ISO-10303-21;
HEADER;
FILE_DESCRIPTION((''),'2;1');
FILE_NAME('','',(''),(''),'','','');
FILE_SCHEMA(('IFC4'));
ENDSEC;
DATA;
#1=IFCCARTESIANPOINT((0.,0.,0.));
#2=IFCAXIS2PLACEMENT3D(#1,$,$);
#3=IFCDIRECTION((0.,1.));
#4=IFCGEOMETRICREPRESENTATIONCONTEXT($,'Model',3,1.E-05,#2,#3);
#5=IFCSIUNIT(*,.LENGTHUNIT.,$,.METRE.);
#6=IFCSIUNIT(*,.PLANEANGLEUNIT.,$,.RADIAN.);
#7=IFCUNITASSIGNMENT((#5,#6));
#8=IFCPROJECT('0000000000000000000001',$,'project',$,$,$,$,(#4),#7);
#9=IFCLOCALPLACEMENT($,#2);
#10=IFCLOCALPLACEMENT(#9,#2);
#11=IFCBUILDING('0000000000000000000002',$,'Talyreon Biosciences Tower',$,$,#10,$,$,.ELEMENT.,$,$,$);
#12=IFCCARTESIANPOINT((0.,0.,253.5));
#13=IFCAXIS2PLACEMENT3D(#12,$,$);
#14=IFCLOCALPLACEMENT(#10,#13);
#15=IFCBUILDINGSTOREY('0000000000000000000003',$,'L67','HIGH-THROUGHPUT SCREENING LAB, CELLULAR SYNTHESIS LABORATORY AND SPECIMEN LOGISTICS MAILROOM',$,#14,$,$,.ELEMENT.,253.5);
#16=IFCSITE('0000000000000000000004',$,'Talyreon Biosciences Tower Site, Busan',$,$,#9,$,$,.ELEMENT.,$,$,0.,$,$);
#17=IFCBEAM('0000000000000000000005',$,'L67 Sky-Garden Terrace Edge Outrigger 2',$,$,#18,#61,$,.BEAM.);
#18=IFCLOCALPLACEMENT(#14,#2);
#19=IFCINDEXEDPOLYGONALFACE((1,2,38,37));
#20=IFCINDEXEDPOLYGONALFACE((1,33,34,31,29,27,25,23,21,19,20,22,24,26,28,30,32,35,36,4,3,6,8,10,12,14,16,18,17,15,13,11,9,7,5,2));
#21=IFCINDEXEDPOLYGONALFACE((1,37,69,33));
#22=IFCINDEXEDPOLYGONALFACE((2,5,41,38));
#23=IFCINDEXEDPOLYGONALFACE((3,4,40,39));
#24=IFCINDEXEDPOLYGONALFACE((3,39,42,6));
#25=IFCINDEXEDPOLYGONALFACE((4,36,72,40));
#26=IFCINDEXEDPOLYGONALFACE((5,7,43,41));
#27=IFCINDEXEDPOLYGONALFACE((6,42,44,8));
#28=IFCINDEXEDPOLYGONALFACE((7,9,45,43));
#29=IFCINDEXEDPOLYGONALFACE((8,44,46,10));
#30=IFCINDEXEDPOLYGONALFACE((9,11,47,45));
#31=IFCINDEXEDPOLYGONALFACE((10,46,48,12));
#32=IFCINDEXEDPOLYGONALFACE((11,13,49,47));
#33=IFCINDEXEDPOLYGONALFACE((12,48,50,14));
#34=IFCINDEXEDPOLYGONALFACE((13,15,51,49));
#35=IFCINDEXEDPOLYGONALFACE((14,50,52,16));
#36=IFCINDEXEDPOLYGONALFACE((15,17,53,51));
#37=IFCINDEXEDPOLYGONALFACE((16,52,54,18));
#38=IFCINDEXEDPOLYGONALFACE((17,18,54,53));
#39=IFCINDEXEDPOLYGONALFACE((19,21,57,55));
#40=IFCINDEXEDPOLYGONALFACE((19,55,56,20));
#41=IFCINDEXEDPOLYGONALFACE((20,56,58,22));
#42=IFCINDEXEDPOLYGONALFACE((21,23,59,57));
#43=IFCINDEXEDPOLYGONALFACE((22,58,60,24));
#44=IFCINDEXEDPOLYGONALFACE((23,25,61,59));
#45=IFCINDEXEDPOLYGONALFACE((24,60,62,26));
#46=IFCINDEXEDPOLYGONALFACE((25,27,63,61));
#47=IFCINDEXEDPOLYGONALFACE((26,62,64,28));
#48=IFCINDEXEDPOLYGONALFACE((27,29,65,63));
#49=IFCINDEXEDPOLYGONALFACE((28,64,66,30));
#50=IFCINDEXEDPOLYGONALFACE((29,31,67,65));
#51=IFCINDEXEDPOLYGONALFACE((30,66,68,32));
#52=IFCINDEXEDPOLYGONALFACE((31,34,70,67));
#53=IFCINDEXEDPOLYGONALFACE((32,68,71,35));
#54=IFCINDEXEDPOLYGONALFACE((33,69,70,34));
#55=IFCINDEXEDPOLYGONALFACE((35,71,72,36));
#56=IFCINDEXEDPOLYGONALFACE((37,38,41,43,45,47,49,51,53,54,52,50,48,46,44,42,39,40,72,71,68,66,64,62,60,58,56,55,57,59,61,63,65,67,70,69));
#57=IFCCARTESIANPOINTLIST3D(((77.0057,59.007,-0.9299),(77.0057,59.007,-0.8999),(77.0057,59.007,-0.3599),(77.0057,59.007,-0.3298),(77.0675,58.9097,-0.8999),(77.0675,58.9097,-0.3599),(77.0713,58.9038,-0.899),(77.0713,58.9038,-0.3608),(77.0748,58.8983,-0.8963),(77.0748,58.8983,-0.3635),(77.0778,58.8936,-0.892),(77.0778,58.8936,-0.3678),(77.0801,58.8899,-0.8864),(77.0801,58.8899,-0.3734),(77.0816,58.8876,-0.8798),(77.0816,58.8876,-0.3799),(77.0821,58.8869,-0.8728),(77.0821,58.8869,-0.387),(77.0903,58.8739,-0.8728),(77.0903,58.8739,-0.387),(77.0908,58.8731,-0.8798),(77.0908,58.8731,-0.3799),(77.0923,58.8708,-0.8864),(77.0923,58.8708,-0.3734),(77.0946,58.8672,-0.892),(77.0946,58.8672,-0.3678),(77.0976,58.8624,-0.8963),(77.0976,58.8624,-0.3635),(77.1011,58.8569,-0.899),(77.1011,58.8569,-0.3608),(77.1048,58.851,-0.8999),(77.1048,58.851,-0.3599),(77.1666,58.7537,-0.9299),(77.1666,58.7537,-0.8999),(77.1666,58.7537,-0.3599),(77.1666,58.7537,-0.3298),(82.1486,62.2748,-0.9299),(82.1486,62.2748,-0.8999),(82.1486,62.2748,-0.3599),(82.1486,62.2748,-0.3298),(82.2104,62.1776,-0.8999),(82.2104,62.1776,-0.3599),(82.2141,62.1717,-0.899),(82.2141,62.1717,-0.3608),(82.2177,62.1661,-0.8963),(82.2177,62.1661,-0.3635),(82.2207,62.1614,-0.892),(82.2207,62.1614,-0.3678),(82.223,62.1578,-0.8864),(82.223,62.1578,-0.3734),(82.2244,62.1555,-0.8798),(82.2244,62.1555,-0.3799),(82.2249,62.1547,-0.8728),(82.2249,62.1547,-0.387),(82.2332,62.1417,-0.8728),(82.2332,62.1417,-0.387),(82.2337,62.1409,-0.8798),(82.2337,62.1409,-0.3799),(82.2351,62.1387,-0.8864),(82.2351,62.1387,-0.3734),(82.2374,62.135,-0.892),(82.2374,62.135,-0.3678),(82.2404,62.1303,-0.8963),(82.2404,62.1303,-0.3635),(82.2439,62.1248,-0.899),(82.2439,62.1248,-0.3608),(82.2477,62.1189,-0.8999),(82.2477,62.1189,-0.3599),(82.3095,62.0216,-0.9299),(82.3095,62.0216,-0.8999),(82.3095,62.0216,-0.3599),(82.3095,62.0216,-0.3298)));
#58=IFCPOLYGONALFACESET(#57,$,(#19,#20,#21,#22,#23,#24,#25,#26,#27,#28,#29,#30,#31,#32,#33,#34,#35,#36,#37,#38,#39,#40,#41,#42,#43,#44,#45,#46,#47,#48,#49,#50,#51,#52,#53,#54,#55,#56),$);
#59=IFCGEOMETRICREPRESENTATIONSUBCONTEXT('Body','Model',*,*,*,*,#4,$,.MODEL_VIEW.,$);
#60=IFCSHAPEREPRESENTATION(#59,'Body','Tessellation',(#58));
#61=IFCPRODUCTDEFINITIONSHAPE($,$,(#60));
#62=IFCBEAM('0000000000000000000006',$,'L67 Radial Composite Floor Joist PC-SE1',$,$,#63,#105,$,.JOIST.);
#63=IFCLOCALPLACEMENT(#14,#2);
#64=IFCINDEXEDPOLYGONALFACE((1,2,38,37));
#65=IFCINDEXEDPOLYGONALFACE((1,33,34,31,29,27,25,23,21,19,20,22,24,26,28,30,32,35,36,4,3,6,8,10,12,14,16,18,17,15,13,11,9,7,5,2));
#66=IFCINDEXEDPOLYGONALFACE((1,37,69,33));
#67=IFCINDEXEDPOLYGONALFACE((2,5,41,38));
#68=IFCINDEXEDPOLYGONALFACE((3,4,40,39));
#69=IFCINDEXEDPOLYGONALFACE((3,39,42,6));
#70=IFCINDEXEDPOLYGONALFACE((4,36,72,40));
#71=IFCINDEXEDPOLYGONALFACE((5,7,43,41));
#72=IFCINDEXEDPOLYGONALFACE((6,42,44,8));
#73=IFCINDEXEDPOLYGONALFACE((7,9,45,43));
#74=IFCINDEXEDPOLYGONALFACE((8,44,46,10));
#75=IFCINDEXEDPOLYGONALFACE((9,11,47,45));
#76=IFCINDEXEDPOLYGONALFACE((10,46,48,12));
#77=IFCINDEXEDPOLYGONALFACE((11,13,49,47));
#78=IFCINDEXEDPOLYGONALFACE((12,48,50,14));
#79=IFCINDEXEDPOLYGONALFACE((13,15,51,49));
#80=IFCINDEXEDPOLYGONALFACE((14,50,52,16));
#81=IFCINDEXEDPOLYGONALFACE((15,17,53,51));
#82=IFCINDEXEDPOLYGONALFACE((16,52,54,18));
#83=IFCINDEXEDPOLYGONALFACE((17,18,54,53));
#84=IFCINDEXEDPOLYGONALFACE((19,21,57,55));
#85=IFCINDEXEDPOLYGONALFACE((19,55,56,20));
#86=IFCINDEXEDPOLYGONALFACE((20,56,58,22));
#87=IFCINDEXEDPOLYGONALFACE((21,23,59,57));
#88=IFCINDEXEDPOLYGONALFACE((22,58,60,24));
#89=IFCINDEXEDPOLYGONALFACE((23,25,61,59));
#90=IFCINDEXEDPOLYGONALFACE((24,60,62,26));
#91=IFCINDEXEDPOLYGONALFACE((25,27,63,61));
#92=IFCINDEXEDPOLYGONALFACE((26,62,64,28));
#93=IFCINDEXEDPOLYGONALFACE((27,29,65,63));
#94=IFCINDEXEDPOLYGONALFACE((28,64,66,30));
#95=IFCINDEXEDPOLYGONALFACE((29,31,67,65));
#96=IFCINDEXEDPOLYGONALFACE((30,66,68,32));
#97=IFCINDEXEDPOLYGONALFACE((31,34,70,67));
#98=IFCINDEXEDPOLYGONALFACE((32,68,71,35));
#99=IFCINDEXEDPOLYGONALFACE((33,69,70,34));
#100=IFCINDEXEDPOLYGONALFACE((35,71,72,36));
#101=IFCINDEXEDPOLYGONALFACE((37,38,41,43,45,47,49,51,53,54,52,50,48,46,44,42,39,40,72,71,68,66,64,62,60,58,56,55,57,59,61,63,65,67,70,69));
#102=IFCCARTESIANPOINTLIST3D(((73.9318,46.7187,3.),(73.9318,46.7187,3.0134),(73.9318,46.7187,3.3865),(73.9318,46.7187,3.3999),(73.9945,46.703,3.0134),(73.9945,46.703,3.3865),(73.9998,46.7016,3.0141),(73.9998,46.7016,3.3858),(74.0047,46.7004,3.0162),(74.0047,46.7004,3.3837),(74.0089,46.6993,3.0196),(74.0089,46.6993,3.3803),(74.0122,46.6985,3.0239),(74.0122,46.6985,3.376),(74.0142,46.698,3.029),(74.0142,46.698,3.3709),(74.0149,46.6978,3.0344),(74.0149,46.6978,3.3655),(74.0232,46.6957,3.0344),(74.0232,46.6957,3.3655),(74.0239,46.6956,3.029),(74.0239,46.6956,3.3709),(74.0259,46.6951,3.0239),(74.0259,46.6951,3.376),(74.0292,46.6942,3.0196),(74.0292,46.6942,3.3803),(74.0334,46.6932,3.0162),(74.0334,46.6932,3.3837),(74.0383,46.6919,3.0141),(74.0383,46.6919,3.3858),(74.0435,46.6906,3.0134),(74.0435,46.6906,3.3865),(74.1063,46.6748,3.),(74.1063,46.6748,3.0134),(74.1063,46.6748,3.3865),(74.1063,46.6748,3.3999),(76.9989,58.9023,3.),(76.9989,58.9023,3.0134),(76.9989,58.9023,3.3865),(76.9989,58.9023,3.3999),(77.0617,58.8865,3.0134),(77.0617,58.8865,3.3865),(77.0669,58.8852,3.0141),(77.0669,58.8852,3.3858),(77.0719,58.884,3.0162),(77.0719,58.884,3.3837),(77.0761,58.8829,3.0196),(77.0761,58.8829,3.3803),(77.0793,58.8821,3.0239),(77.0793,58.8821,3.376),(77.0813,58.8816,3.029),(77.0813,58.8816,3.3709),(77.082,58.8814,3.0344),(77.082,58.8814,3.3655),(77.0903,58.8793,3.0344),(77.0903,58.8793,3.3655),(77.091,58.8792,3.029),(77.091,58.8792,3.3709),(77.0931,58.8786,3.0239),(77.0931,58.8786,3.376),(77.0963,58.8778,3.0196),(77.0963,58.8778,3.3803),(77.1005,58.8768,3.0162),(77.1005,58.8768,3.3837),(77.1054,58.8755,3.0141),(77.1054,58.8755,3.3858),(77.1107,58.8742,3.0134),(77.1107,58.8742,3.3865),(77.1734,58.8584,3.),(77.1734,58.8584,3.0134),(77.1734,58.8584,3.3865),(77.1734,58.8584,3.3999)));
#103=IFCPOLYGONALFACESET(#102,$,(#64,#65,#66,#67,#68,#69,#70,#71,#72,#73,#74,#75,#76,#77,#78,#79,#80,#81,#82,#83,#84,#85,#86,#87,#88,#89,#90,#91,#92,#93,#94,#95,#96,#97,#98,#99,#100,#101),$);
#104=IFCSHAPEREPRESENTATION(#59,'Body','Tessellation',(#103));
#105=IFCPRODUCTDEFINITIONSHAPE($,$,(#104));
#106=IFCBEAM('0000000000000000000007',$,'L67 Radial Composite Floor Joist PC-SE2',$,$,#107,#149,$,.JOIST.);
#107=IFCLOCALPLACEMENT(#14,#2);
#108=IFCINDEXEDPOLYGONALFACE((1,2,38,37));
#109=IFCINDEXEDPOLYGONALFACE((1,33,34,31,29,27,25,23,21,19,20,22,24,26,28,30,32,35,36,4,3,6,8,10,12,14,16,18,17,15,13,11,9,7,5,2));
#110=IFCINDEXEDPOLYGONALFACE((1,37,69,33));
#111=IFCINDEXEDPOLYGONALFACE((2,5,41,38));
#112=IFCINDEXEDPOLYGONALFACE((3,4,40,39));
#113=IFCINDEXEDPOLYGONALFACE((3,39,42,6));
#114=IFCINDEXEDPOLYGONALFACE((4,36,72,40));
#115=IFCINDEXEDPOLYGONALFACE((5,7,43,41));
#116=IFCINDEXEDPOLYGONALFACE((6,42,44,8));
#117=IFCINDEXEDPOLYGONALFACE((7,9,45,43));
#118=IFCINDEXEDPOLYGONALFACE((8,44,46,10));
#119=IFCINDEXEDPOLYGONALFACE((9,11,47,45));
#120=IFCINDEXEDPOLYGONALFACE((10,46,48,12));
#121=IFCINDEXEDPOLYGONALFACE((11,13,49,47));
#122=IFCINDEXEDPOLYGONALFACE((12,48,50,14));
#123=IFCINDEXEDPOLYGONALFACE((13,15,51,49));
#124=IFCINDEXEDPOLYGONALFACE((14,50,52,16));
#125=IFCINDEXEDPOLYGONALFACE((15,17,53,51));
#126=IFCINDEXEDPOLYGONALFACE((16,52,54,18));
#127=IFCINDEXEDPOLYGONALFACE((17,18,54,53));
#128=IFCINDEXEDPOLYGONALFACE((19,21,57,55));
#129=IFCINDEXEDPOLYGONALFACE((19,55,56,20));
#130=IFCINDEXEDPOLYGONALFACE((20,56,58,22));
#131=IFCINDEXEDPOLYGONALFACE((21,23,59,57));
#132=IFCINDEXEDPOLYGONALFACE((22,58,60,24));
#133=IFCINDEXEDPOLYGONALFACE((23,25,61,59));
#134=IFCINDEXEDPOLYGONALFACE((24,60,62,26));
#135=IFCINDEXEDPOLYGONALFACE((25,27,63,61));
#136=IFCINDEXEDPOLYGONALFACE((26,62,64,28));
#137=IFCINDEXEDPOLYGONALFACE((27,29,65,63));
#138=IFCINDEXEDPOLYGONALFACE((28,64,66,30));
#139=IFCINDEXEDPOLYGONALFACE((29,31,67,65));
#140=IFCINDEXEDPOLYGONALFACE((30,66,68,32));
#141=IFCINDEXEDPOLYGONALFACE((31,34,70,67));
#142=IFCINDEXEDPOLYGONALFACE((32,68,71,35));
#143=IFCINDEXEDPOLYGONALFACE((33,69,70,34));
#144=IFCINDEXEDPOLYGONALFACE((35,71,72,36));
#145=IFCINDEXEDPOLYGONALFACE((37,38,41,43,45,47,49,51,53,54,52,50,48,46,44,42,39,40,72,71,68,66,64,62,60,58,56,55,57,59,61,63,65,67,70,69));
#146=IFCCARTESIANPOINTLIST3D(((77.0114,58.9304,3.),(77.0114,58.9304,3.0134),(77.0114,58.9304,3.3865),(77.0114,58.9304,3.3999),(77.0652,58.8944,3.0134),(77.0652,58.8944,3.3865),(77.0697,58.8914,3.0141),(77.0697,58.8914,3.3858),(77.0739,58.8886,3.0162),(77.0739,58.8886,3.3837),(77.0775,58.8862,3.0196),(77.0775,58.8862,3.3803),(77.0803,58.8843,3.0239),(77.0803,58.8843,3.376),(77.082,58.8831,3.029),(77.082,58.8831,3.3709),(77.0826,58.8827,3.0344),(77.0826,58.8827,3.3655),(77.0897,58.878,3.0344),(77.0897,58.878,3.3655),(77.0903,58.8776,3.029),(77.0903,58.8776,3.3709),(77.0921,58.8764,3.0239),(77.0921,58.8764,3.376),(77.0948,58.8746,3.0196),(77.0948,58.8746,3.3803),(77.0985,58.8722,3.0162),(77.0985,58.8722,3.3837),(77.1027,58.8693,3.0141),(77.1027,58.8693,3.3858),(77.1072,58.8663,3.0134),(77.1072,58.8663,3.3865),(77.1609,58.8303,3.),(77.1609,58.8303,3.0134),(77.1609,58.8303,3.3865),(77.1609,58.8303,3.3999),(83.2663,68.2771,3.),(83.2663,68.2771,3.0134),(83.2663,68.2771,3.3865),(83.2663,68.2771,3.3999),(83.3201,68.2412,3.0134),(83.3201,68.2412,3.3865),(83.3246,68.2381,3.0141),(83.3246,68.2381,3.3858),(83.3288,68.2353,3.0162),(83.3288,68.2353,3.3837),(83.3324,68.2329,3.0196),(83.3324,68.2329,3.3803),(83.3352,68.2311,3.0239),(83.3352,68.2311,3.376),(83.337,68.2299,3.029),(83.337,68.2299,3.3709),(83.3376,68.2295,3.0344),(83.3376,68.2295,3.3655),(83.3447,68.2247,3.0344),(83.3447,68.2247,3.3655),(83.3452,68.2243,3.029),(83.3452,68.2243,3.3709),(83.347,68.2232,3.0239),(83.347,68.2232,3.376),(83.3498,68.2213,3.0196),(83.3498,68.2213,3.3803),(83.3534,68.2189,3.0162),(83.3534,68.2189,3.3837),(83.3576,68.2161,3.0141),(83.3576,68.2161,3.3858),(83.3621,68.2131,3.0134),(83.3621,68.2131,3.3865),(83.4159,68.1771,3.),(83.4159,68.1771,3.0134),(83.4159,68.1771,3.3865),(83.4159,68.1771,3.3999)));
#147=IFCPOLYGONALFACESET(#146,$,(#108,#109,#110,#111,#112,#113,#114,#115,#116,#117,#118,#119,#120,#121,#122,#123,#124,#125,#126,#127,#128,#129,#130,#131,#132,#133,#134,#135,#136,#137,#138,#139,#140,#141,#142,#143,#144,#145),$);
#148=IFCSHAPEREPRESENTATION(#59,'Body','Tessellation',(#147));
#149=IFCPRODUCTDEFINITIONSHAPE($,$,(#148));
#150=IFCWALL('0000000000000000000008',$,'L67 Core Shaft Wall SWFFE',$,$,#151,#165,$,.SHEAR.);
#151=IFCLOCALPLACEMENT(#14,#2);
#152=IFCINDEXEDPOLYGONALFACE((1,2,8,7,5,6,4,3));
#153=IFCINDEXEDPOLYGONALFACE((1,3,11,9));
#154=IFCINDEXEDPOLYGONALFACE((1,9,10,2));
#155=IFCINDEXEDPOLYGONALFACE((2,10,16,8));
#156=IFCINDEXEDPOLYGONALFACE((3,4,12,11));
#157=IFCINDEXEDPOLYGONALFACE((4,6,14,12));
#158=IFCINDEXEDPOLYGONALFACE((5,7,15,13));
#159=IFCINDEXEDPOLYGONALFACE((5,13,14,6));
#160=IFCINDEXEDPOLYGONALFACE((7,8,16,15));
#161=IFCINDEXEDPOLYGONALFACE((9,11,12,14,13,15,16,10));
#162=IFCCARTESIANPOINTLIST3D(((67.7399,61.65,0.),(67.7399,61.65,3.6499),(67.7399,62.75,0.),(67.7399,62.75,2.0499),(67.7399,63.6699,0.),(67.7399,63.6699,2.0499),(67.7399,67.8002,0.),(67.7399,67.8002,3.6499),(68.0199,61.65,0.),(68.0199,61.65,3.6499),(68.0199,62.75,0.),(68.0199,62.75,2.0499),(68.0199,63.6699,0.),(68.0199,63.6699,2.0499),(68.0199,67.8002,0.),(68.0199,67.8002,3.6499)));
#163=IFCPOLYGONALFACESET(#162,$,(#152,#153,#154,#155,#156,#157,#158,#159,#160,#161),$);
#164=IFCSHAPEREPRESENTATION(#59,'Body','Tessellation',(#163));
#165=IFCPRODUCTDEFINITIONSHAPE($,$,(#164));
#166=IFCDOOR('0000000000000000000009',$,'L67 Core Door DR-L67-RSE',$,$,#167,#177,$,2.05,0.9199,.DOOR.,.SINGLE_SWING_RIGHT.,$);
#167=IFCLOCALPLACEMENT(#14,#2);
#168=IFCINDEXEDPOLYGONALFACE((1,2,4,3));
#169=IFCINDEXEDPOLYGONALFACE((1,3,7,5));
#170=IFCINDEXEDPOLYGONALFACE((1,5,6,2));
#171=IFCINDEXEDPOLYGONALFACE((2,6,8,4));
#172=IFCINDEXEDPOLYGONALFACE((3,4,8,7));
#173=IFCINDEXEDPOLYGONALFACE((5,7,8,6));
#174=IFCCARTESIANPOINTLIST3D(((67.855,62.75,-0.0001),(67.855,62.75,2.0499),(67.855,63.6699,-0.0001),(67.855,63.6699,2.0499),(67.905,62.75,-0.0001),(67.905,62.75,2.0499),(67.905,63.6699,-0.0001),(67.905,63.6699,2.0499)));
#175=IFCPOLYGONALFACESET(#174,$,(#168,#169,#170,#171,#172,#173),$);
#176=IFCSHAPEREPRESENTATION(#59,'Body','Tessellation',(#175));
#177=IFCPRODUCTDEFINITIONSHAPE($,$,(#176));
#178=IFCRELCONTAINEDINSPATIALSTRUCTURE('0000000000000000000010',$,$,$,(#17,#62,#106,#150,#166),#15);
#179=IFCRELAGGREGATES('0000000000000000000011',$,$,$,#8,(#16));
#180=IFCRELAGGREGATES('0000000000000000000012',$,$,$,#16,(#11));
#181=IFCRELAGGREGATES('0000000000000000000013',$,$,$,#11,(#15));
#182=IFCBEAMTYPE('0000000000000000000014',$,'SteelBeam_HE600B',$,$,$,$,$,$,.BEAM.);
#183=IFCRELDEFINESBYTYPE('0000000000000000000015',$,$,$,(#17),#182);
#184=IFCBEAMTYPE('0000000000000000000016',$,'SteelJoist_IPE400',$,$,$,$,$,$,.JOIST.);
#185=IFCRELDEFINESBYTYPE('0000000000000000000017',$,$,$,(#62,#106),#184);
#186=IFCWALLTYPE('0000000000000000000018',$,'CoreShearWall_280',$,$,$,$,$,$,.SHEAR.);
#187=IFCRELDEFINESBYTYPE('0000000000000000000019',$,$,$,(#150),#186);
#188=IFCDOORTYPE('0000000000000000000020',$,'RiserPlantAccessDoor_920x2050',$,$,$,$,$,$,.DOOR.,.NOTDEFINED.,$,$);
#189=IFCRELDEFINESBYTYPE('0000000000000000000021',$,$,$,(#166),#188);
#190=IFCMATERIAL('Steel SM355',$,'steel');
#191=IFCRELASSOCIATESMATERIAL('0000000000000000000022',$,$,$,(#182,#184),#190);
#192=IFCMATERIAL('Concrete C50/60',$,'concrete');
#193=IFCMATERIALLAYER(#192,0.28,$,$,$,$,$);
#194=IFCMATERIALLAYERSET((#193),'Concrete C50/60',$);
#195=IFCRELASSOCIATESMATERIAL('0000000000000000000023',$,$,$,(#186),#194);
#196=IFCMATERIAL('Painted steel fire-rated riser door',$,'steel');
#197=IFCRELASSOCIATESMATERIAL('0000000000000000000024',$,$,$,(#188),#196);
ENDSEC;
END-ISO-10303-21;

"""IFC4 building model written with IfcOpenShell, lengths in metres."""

from ifc_helpers import new_model, si_unit, direction, frame, frame_2d, origin, origin_2d, place, context, subcontext, project, spatial, rectangle, i_section, extrude, material, layer, layer_set, material_profile, profile_set, type_object, element, fill, save


model = new_model("IFC4")

# Units and contexts
model_context = context("Model", 3, precision=1e-05, world=origin(), true_north=direction((0.0, 1.0)))
body_context = subcontext(model_context, "Body", "Model", "MODEL_VIEW")
ifc_project = project(units=[si_unit("LENGTHUNIT", "METRE"), si_unit("PLANEANGLEUNIT", "RADIAN")], contexts=[model_context])

# Site, building, storey
site_placement = place(None, origin())
site = spatial("IfcSite", under=ifc_project, at=site_placement, Name="Talyreon Biosciences Tower Site, Busan", CompositionType="ELEMENT", RefElevation=0.0)
building_placement = place(site_placement, origin())
building = spatial("IfcBuilding", under=site, at=building_placement, Name="Talyreon Biosciences Tower", CompositionType="ELEMENT")
storey_placement = place(building_placement, frame((0.0, 0.0, 253.5)))
storey = spatial("IfcBuildingStorey", under=building, at=storey_placement, Name="L67", Description="HIGH-THROUGHPUT SCREENING LAB, CELLULAR SYNTHESIS LABORATORY AND SPECIMEN LOGISTICS MAILROOM", CompositionType="ELEMENT", Elevation=253.5)

# Shared definitions
ifc_material_1 = material(Name="Concrete C50/60", Category="concrete")

# Beams
ifc_material_2 = material(Name="Steel SM355", Category="steel")
ifc_material_profile_1 = material_profile(ifc_material_2, i_section(OverallWidth=0.3, OverallDepth=0.6001, WebThickness=0.0154, FlangeThickness=0.03, FilletRadius=0.0271, at=origin_2d()), Name="HE600B")
ifc_profile_set_1 = profile_set([ifc_material_profile_1], Name="Steel SM355")
beam_type_1 = type_object("IfcBeamType", Name="SteelBeam_HE600B", PredefinedType="BEAM", material=ifc_profile_set_1)
beam_1_placement = place(storey_placement, frame((77.0862, 58.8804, -0.6299), z_axis=(0.844024, 0.536305, 0.0), x_axis=(-0.536305, 0.844024, 0.0)))
element("IfcBeam", 1, at=beam_1_placement, inside=storey, type_object=beam_type_1, Name="L67 Sky-Garden Terrace Edge Outrigger 2", PredefinedType="BEAM", context=body_context, shape_type="SweptSolid", body=[
    extrude(i_section(OverallWidth=0.3, OverallDepth=0.6001, WebThickness=0.0154, FlangeThickness=0.03, FilletRadius=0.0271, at=origin_2d()), origin(), (0.0, 0.0, 1.0), 6.0933),
])
ifc_material_profile_2 = material_profile(ifc_material_2, i_section(OverallWidth=0.1799, OverallDepth=0.3999, WebThickness=0.0085, FlangeThickness=0.0134, FilletRadius=0.021, at=origin_2d()), Name="IPE400")
ifc_profile_set_2 = profile_set([ifc_material_profile_2], Name="Steel SM355")
beam_type_2 = type_object("IfcBeamType", Name="SteelJoist_IPE400", PredefinedType="JOIST", material=ifc_profile_set_2)
beam_2_placement = place(storey_placement, frame((77.0862, 58.8804, 3.2), z_axis=(-0.244126, -0.969743, 0.0), x_axis=(0.969743, -0.244126, 0.0)))
element("IfcBeam", 2, at=beam_2_placement, inside=storey, type_object=beam_type_2, Name="L67 Radial Composite Floor Joist PC-SE1", PredefinedType="JOIST", context=body_context, shape_type="SweptSolid", body=[
    extrude(i_section(OverallWidth=0.1799, OverallDepth=0.3999, WebThickness=0.0085, FlangeThickness=0.0134, FilletRadius=0.021, at=origin_2d()), origin(), (0.0, 0.0, 1.0), 12.5637),
])
beam_3_placement = place(storey_placement, frame((77.0862, 58.8804, 3.2), z_axis=(0.556162, 0.831074, 0.0), x_axis=(-0.831074, 0.556162, 0.0)))
element("IfcBeam", 3, at=beam_3_placement, inside=storey, type_object=beam_type_2, Name="L67 Radial Composite Floor Joist PC-SE2", PredefinedType="JOIST", context=body_context, shape_type="SweptSolid", body=[
    extrude(i_section(OverallWidth=0.1799, OverallDepth=0.3999, WebThickness=0.0085, FlangeThickness=0.0134, FilletRadius=0.021, at=origin_2d()), origin(), (0.0, 0.0, 1.0), 11.2466),
])

# Wall, opening, door
ifc_layer_1 = layer(ifc_material_1, 0.28)
ifc_layer_set_1 = layer_set([ifc_layer_1], Name="Concrete C50/60")
wall_type_1 = type_object("IfcWallType", Name="CoreShearWall_280", PredefinedType="SHEAR", material=ifc_layer_set_1)
wall_1_placement = place(storey_placement, frame((67.8799, 61.6499, 0.0), z_axis=(0.0, 0.0, 1.0), x_axis=(0.0, 1.0, 0.0)))
wall_1 = element("IfcWall", 4, at=wall_1_placement, inside=storey, type_object=wall_type_1, Name="L67 Core Shaft Wall SWFFE", PredefinedType="SHEAR", context=body_context, shape_type="SweptSolid", body=[
    extrude(rectangle(XDim=6.1501, YDim=0.28, at=frame_2d((3.0752, 0.0))), origin(), (0.0, 0.0, 1.0), 3.6499),
])
opening_1_placement = place(wall_1_placement, frame((1.1001, 0.0, 0.0)))
opening_1 = element("IfcOpeningElement", 5, at=opening_1_placement, cuts=wall_1, PredefinedType="OPENING", context=body_context, shape_type="SweptSolid", body=[
    extrude(rectangle(XDim=0.9199, YDim=2.05, at=frame_2d((0.46, 1.0249))), frame((0.0, 0.1499, 0.0), z_axis=(0.0, -1.0, 0.0), x_axis=(1.0, 0.0, 0.0)), (0.0, 0.0, 1.0), 0.3),
])
ifc_material_3 = material(Name="Painted steel fire-rated riser door", Category="steel")
door_type_1 = type_object("IfcDoorType", Name="RiserPlantAccessDoor_920x2050", OperationType="NOTDEFINED", PredefinedType="DOOR", material=ifc_material_3)
door_1_placement = place(opening_1_placement, origin())
door_1 = element("IfcDoor", 6, at=door_1_placement, inside=storey, type_object=door_type_1, Name="L67 Core Door DR-L67-RSE", OperationType="SINGLE_SWING_RIGHT", OverallHeight=2.05, OverallWidth=0.9199, PredefinedType="DOOR", context=body_context, shape_type="SweptSolid", body=[
    extrude(rectangle(XDim=0.9199, YDim=2.05, at=frame_2d((0.46, 1.0249))), frame((0.0, 0.0249, 0.0), z_axis=(0.0, -1.0, 0.0), x_axis=(1.0, 0.0, 0.0)), (0.0, 0.0, 1.0), 0.05),
])
fill(opening_1, door_1)

save(model, "model.ifc")
